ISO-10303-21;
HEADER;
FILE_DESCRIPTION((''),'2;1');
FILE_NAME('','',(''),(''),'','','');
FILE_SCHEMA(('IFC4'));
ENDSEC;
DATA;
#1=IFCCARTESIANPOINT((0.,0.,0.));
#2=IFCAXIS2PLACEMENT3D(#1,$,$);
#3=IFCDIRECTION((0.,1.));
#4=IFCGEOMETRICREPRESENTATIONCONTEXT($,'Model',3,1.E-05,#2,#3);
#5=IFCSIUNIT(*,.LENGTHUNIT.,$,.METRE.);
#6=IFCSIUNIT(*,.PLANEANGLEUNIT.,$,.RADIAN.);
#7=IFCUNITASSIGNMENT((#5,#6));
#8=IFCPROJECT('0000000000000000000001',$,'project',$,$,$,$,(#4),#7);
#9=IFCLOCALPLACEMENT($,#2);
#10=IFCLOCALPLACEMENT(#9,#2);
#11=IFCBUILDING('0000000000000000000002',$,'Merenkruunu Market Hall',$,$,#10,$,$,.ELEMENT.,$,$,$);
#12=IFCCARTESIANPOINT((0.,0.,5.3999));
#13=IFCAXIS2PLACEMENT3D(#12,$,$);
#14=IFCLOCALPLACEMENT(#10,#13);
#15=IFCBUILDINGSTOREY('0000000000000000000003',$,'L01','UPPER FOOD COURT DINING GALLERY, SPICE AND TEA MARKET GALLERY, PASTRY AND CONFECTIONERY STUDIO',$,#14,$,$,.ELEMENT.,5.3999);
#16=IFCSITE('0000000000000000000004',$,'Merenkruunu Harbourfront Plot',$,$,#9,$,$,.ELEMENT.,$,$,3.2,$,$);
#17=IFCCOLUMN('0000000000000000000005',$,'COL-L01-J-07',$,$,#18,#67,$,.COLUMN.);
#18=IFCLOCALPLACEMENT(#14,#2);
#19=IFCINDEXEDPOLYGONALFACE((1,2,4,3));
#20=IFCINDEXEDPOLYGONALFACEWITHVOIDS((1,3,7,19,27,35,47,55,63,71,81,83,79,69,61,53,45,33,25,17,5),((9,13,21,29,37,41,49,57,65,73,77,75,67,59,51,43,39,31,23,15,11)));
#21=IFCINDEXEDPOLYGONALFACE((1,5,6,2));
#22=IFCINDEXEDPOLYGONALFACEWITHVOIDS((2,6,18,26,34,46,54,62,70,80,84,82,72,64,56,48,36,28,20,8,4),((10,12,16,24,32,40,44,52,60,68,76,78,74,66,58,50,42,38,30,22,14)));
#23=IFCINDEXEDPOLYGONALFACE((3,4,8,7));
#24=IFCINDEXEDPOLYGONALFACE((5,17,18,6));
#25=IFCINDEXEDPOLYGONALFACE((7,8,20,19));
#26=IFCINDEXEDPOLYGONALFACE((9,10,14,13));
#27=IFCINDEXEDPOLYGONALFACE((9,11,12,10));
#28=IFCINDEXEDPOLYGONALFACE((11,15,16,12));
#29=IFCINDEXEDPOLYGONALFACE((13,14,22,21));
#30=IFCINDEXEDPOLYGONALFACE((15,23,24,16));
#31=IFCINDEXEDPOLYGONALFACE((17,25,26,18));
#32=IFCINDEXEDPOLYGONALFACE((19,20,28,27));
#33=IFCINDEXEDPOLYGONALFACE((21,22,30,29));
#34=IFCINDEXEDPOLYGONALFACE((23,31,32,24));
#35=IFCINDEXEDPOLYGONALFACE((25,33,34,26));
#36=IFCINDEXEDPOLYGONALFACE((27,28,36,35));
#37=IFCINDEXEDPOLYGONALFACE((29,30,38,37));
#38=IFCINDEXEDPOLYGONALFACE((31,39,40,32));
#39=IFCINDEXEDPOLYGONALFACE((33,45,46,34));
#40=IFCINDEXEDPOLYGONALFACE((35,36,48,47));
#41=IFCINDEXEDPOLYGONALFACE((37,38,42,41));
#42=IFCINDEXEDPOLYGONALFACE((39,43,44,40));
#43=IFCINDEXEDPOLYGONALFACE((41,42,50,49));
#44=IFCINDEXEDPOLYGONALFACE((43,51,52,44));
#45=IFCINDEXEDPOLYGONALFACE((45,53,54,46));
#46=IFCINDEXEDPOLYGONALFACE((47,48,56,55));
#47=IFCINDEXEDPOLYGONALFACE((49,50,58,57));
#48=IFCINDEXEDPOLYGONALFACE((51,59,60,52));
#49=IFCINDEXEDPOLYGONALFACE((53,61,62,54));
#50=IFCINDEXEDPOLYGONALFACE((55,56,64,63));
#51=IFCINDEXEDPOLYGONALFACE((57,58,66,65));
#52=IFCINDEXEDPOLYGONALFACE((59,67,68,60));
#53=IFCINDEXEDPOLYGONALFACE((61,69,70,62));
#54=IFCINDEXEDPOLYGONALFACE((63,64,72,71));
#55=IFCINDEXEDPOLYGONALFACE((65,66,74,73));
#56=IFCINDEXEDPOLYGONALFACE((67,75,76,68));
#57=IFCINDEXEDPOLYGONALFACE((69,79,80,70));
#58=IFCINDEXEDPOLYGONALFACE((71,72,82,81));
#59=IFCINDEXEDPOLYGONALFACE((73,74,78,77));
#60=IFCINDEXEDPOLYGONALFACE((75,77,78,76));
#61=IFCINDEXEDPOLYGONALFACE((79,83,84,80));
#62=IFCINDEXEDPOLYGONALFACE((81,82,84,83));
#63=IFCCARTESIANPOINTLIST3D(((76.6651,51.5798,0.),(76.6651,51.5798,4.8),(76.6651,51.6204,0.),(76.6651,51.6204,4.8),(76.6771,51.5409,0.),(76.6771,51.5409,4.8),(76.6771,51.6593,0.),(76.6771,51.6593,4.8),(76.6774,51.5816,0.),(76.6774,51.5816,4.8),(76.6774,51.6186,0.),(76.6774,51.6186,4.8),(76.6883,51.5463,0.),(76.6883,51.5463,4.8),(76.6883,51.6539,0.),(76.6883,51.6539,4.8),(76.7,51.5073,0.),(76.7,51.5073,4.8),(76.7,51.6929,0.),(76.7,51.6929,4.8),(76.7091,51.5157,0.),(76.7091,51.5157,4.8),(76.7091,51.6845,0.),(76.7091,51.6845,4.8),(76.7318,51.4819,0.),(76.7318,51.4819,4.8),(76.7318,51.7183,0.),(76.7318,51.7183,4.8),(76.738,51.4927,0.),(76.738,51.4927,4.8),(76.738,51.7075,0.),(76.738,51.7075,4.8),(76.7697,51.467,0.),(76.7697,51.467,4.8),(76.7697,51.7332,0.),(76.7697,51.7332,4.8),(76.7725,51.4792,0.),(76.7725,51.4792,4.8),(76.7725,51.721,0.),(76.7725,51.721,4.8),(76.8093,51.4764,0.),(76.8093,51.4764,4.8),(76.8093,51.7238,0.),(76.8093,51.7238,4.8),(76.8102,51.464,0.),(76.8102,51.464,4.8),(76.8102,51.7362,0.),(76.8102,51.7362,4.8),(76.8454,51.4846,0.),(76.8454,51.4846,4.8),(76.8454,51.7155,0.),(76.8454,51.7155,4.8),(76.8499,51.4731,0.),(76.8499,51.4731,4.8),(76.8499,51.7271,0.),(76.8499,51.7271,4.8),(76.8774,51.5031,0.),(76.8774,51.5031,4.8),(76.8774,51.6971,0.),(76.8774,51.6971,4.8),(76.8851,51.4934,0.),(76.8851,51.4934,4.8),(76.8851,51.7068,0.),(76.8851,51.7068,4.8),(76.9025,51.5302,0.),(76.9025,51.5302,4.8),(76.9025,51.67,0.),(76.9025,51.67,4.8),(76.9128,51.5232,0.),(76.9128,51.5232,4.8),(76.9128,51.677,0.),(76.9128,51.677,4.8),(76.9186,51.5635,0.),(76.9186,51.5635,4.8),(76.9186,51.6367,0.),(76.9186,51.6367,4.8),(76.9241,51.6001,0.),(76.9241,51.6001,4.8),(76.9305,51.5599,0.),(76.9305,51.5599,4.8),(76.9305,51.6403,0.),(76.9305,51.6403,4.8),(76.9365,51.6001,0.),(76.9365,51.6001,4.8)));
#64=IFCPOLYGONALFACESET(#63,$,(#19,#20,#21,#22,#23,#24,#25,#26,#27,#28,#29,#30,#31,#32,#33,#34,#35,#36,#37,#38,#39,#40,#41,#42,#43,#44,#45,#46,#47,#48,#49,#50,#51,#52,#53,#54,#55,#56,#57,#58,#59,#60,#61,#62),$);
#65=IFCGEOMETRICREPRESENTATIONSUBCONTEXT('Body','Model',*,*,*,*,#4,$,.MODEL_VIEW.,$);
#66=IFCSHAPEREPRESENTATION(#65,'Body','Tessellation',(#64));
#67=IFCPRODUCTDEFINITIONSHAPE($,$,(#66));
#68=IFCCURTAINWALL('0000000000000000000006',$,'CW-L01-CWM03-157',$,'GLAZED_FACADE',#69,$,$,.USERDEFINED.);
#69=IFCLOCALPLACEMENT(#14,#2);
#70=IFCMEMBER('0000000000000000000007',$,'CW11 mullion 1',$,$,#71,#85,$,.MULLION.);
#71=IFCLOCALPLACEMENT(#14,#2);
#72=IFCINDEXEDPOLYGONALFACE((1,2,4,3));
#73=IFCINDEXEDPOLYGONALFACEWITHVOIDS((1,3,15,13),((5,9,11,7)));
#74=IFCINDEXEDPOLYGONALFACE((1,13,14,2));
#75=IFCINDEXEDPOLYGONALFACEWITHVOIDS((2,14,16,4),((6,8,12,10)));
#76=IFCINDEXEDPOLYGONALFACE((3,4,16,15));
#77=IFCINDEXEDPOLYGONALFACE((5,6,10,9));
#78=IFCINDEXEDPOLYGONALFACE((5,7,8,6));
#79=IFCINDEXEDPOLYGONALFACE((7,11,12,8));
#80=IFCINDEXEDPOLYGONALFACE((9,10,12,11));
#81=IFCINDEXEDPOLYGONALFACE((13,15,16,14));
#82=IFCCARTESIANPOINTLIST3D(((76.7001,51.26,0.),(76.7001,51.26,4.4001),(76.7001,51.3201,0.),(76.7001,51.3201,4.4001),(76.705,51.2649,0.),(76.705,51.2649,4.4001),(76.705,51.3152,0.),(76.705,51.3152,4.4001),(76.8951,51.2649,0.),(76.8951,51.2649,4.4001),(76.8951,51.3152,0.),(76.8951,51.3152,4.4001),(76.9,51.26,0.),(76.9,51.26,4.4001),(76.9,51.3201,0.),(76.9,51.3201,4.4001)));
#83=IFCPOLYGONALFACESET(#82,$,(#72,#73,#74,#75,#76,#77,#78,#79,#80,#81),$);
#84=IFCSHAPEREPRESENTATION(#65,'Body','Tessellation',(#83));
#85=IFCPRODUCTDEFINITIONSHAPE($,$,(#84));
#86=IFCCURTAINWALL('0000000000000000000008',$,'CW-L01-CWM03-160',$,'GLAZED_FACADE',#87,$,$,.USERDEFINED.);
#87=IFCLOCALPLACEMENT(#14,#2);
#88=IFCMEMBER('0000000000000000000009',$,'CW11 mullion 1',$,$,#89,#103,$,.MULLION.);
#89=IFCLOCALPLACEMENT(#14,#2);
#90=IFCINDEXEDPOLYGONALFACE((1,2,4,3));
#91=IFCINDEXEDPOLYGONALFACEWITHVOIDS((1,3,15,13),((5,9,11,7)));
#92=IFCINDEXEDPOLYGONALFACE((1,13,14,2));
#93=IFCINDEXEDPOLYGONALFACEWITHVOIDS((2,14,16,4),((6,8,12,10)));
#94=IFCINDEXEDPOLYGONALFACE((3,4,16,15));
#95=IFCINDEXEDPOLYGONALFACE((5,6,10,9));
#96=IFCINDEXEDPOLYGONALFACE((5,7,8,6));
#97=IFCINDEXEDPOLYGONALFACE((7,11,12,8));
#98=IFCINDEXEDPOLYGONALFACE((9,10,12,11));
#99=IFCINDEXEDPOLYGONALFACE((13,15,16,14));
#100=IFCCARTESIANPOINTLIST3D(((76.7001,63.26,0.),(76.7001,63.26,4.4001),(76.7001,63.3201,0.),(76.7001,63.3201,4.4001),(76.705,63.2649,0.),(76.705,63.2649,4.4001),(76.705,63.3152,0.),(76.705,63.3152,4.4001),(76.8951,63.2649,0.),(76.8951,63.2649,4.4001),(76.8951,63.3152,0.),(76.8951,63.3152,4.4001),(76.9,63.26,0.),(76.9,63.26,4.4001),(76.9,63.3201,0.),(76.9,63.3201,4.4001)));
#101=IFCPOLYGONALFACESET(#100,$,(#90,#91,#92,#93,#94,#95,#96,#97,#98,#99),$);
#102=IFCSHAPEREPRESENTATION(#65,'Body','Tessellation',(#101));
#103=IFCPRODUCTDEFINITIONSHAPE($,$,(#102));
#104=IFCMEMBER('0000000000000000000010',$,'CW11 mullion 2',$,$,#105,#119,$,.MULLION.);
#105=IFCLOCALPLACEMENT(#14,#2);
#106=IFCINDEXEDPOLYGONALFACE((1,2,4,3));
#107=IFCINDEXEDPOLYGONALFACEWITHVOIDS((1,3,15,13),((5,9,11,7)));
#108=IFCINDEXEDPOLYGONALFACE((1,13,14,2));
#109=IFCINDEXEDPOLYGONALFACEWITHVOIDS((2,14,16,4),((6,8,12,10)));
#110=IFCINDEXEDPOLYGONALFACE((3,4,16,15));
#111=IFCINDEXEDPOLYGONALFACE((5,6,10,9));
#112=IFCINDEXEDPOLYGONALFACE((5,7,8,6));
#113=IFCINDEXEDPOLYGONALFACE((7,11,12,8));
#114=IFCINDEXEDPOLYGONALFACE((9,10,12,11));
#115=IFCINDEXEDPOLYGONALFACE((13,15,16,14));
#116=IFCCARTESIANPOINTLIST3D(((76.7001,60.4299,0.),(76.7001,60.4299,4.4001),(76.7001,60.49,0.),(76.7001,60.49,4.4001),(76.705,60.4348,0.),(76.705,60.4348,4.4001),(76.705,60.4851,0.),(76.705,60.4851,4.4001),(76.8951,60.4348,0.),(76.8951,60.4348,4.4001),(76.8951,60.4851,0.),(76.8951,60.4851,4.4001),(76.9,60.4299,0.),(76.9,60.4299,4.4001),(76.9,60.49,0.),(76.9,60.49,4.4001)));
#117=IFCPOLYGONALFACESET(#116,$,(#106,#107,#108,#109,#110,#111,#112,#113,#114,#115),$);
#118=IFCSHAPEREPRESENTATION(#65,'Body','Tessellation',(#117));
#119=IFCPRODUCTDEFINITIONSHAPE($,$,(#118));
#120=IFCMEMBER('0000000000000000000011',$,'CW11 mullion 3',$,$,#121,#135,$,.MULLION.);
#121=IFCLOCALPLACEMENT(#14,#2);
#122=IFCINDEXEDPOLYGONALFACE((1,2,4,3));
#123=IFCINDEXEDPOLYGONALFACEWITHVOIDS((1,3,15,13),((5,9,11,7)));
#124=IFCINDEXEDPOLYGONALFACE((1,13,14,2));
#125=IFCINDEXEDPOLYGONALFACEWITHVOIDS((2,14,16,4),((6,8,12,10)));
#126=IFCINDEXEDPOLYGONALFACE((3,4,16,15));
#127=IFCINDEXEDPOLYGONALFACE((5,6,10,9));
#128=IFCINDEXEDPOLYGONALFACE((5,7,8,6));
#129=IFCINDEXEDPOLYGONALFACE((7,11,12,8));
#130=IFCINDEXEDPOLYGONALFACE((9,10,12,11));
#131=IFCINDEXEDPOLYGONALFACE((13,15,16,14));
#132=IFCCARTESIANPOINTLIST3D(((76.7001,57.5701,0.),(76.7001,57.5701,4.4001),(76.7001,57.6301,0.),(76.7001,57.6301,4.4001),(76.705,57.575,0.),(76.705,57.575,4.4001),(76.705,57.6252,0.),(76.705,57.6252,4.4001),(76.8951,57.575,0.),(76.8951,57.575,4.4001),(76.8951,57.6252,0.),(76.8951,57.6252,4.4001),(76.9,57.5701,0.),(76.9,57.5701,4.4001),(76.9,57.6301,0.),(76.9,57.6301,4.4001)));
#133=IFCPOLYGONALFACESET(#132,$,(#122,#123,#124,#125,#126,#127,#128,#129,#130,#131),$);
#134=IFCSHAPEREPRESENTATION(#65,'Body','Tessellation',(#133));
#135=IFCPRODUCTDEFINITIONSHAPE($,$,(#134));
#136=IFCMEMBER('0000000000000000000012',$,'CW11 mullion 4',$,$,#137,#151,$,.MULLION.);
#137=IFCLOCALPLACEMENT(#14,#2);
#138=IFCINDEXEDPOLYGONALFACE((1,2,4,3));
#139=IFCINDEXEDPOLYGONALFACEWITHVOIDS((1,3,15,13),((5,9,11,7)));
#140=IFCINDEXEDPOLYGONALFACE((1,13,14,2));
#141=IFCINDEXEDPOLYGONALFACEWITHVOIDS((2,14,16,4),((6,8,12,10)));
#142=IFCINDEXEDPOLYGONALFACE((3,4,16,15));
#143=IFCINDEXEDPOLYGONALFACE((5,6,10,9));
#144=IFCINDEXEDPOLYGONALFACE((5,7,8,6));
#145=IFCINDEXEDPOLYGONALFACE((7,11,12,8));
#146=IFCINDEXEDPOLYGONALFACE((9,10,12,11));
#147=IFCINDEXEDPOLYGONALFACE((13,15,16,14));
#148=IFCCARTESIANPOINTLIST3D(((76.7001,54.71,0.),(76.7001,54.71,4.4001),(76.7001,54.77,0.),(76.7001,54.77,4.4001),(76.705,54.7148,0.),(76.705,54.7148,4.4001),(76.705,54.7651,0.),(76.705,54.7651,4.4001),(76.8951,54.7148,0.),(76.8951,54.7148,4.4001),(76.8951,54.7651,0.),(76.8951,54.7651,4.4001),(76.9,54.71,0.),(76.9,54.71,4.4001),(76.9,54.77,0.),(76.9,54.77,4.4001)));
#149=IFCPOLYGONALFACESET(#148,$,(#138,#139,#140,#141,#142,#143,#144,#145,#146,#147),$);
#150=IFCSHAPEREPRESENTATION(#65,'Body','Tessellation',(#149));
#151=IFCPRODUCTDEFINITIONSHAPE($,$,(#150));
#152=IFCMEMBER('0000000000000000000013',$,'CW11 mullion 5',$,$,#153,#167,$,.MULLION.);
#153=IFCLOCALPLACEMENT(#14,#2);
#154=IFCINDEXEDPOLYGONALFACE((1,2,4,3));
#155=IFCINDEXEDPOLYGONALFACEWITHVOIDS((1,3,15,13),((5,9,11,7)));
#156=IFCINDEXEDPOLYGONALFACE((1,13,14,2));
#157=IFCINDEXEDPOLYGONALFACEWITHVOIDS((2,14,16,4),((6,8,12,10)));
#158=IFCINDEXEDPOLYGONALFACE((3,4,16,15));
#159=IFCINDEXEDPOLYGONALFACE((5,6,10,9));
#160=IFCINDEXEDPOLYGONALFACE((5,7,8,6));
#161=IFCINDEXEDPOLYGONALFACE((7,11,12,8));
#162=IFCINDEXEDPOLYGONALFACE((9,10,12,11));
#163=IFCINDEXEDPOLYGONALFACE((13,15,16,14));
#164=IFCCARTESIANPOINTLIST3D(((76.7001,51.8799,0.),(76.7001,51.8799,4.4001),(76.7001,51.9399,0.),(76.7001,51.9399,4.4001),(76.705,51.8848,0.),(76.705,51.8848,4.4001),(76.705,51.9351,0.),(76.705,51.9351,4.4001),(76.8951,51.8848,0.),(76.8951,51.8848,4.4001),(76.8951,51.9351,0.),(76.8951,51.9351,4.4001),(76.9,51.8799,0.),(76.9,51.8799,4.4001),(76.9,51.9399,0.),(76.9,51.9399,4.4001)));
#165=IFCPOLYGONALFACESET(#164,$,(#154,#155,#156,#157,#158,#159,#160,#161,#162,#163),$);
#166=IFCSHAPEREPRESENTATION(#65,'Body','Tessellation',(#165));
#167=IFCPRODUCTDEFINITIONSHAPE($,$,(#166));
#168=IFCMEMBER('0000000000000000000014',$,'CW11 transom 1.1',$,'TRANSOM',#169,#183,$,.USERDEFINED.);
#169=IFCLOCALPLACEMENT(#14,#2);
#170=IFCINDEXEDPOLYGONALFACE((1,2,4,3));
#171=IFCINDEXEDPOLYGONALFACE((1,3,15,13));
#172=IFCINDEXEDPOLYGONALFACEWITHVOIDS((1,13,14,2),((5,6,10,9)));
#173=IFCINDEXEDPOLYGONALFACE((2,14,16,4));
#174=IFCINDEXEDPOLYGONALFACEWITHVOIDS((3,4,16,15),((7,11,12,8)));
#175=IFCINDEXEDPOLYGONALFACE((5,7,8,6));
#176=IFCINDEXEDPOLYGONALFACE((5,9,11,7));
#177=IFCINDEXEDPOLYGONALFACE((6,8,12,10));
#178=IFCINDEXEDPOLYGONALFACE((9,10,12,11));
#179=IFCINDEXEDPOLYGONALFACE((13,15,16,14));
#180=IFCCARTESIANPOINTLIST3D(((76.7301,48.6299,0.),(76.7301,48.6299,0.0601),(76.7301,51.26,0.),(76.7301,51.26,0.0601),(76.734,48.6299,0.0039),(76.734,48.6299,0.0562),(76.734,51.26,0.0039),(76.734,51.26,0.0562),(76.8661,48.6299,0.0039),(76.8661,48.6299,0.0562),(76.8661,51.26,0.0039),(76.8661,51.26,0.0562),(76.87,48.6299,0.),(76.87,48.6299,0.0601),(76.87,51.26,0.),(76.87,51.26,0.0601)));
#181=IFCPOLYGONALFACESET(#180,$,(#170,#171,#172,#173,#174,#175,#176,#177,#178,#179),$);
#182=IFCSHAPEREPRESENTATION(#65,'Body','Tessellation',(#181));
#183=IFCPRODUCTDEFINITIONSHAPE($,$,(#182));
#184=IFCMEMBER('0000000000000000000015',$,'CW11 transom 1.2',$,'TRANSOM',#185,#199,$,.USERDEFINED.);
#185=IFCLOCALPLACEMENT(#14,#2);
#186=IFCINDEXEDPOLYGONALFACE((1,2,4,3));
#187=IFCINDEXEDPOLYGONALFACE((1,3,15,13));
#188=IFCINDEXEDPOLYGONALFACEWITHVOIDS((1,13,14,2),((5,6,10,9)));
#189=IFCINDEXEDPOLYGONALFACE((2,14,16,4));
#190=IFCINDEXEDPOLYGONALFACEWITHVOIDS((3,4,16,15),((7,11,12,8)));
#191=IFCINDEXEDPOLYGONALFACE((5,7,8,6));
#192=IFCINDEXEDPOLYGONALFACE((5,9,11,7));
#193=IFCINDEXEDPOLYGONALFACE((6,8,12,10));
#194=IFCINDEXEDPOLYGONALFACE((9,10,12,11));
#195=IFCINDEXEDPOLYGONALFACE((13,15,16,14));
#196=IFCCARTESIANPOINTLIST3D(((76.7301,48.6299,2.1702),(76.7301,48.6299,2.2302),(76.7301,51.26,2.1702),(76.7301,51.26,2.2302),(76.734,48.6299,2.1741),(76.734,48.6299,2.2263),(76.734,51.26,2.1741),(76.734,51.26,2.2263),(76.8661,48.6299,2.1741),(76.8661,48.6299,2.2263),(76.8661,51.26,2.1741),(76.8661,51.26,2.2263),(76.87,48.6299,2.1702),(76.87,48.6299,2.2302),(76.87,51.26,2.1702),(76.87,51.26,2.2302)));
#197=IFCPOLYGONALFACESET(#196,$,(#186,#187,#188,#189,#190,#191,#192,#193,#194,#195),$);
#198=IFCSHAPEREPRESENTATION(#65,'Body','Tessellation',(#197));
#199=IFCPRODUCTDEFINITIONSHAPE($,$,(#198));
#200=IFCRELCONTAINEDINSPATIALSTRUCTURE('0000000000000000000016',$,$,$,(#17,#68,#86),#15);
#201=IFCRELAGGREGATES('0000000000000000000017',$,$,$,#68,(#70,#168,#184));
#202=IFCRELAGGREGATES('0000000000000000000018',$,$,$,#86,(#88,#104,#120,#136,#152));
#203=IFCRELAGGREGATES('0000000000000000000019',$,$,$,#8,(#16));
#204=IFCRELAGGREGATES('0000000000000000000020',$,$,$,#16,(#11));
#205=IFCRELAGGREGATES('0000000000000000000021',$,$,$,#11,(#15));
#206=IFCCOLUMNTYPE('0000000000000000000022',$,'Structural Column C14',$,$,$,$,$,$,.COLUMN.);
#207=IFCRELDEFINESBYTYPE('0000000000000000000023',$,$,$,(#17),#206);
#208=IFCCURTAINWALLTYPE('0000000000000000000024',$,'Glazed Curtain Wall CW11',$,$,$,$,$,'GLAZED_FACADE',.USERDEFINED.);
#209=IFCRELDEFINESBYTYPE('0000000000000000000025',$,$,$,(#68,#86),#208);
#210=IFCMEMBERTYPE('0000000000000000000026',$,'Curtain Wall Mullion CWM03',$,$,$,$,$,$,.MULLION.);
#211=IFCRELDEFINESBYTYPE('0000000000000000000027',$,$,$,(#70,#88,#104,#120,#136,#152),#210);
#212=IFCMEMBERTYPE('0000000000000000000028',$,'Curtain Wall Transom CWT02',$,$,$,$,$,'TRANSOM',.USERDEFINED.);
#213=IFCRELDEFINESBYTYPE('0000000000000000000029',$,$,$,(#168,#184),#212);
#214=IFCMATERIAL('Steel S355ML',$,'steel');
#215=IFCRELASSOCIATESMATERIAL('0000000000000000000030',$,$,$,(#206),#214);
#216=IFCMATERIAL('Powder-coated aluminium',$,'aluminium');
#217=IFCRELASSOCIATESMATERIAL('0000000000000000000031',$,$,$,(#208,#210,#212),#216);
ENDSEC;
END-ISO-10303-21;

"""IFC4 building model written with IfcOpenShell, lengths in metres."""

from ifc_helpers import new_model, si_unit, direction, frame, origin, origin_2d, place, context, subcontext, project, spatial, hollow_rectangle, hollow_circle, extrude, material, material_profile, profile_set, type_object, element, aggregate, save


model = new_model("IFC4")

# Units and contexts
model_context = context("Model", 3, precision=1e-05, world=origin(), true_north=direction((0.0, 1.0)))
body_context = subcontext(model_context, "Body", "Model", "MODEL_VIEW")
ifc_project = project(units=[si_unit("LENGTHUNIT", "METRE"), si_unit("PLANEANGLEUNIT", "RADIAN")], contexts=[model_context])

# Site, building, storey
site_placement = place(None, origin())
site = spatial("IfcSite", under=ifc_project, at=site_placement, Name="Merenkruunu Harbourfront Plot", CompositionType="ELEMENT", RefElevation=3.2)
building_placement = place(site_placement, origin())
building = spatial("IfcBuilding", under=site, at=building_placement, Name="Merenkruunu Market Hall", CompositionType="ELEMENT")
storey_placement = place(building_placement, frame((0.0, 0.0, 5.3999)))
storey = spatial("IfcBuildingStorey", under=building, at=storey_placement, Name="L01", Description="UPPER FOOD COURT DINING GALLERY, SPICE AND TEA MARKET GALLERY, PASTRY AND CONFECTIONERY STUDIO", CompositionType="ELEMENT", Elevation=5.3999)

# Column
ifc_material_1 = material(Name="Steel S355ML", Category="steel")
ifc_material_profile_1 = material_profile(ifc_material_1, hollow_circle(Radius=0.1365, WallThickness=0.0125, at=origin_2d()), Name="CHS 273x12.5")
ifc_profile_set_1 = profile_set([ifc_material_profile_1], Name="Steel S355ML")
column_type = type_object("IfcColumnType", Name="Structural Column C14", PredefinedType="COLUMN", material=ifc_profile_set_1)
column_placement = place(storey_placement, frame((76.8, 51.6001, 0.0), z_axis=(0.0, 0.0, 1.0), x_axis=(1.0, 0.0, 0.0)))
element("IfcColumn", 1, at=column_placement, inside=storey, type_object=column_type, Name="COL-L01-J-07", PredefinedType="COLUMN", context=body_context, shape_type="SweptSolid", body=[
    extrude(hollow_circle(Radius=0.1365, WallThickness=0.0125, at=origin_2d()), origin(), (0.0, 0.0, 1.0), 4.8),
])

# Curtain wall, member
ifc_material_2 = material(Name="Powder-coated aluminium", Category="aluminium")
curtain_wall_type = type_object("IfcCurtainWallType", Name="Glazed Curtain Wall CW11", ElementType="GLAZED_FACADE", PredefinedType="USERDEFINED", material=ifc_material_2)
curtain_wall_1_placement = place(storey_placement, origin())
curtain_wall_1 = element("IfcCurtainWall", 2, at=curtain_wall_1_placement, inside=storey, type_object=curtain_wall_type, Name="CW-L01-CWM03-157", ObjectType="GLAZED_FACADE", PredefinedType="USERDEFINED")
ifc_material_profile_2 = material_profile(ifc_material_2, hollow_rectangle(XDim=0.0601, YDim=0.2, WallThickness=0.0049, at=origin_2d()), Name="ALU 60x200x5")
ifc_profile_set_2 = profile_set([ifc_material_profile_2], Name="Powder-coated aluminium")
member_type_1 = type_object("IfcMemberType", Name="Curtain Wall Mullion CWM03", PredefinedType="MULLION", material=ifc_profile_set_2)
member_1_placement = place(storey_placement, frame((76.8, 51.29, 0.0), z_axis=(0.0, 0.0, 1.0), x_axis=(0.0, -1.0, 0.0)))
member_1 = element("IfcMember", 3, at=member_1_placement, type_object=member_type_1, Name="CW11 mullion 1", PredefinedType="MULLION", context=body_context, shape_type="SweptSolid", body=[
    extrude(hollow_rectangle(XDim=0.0601, YDim=0.2, WallThickness=0.0049, at=origin_2d()), origin(), (0.0, 0.0, 1.0), 4.4001),
])

# Curtain wall, members
curtain_wall_2_placement = place(storey_placement, origin())
curtain_wall_2 = element("IfcCurtainWall", 4, at=curtain_wall_2_placement, inside=storey, type_object=curtain_wall_type, Name="CW-L01-CWM03-160", ObjectType="GLAZED_FACADE", PredefinedType="USERDEFINED")
member_2_placement = place(storey_placement, frame((76.8, 63.29, 0.0), z_axis=(0.0, 0.0, 1.0), x_axis=(0.0, -1.0, 0.0)))
member_2 = element("IfcMember", 5, at=member_2_placement, type_object=member_type_1, Name="CW11 mullion 1", PredefinedType="MULLION", context=body_context, shape_type="SweptSolid", body=[
    extrude(hollow_rectangle(XDim=0.0601, YDim=0.2, WallThickness=0.0049, at=origin_2d()), origin(), (0.0, 0.0, 1.0), 4.4001),
])
member_3_placement = place(storey_placement, frame((76.8, 60.46, 0.0), z_axis=(0.0, 0.0, 1.0), x_axis=(0.0, -1.0, 0.0)))
member_3 = element("IfcMember", 6, at=member_3_placement, type_object=member_type_1, Name="CW11 mullion 2", PredefinedType="MULLION", context=body_context, shape_type="SweptSolid", body=[
    extrude(hollow_rectangle(XDim=0.0601, YDim=0.2, WallThickness=0.0049, at=origin_2d()), origin(), (0.0, 0.0, 1.0), 4.4001),
])
member_4_placement = place(storey_placement, frame((76.8, 57.6001, 0.0), z_axis=(0.0, 0.0, 1.0), x_axis=(0.0, -1.0, 0.0)))
member_4 = element("IfcMember", 7, at=member_4_placement, type_object=member_type_1, Name="CW11 mullion 3", PredefinedType="MULLION", context=body_context, shape_type="SweptSolid", body=[
    extrude(hollow_rectangle(XDim=0.0601, YDim=0.2, WallThickness=0.0049, at=origin_2d()), origin(), (0.0, 0.0, 1.0), 4.4001),
])
member_5_placement = place(storey_placement, frame((76.8, 54.74, 0.0), z_axis=(0.0, 0.0, 1.0), x_axis=(0.0, -1.0, 0.0)))
member_5 = element("IfcMember", 8, at=member_5_placement, type_object=member_type_1, Name="CW11 mullion 4", PredefinedType="MULLION", context=body_context, shape_type="SweptSolid", body=[
    extrude(hollow_rectangle(XDim=0.0601, YDim=0.2, WallThickness=0.0049, at=origin_2d()), origin(), (0.0, 0.0, 1.0), 4.4001),
])
member_6_placement = place(storey_placement, frame((76.8, 51.9099, 0.0), z_axis=(0.0, 0.0, 1.0), x_axis=(0.0, -1.0, 0.0)))
member_6 = element("IfcMember", 9, at=member_6_placement, type_object=member_type_1, Name="CW11 mullion 5", PredefinedType="MULLION", context=body_context, shape_type="SweptSolid", body=[
    extrude(hollow_rectangle(XDim=0.0601, YDim=0.2, WallThickness=0.0049, at=origin_2d()), origin(), (0.0, 0.0, 1.0), 4.4001),
])

# Members
ifc_material_profile_3 = material_profile(ifc_material_2, hollow_rectangle(XDim=0.0601, YDim=0.1399, WallThickness=0.0039, at=origin_2d()), Name="ALU 60x140x4")
ifc_profile_set_3 = profile_set([ifc_material_profile_3], Name="Powder-coated aluminium")
member_type_2 = type_object("IfcMemberType", Name="Curtain Wall Transom CWT02", ElementType="TRANSOM", PredefinedType="USERDEFINED", material=ifc_profile_set_3)
member_7_placement = place(storey_placement, frame((76.8, 51.26, 0.03), z_axis=(0.0, -1.0, 0.0), x_axis=(0.0, 0.0, 1.0)))
member_7 = element("IfcMember", 10, at=member_7_placement, type_object=member_type_2, Name="CW11 transom 1.1", ObjectType="TRANSOM", PredefinedType="USERDEFINED", context=body_context, shape_type="SweptSolid", body=[
    extrude(hollow_rectangle(XDim=0.0601, YDim=0.1399, WallThickness=0.0039, at=origin_2d()), origin(), (0.0, 0.0, 1.0), 2.6301),
])
member_8_placement = place(storey_placement, frame((76.8, 51.26, 2.2002), z_axis=(0.0, -1.0, 0.0), x_axis=(0.0, 0.0, 1.0)))
member_8 = element("IfcMember", 11, at=member_8_placement, type_object=member_type_2, Name="CW11 transom 1.2", ObjectType="TRANSOM", PredefinedType="USERDEFINED", context=body_context, shape_type="SweptSolid", body=[
    extrude(hollow_rectangle(XDim=0.0601, YDim=0.1399, WallThickness=0.0039, at=origin_2d()), origin(), (0.0, 0.0, 1.0), 2.6301),
])

aggregate(curtain_wall_1, [member_1, member_7, member_8])
aggregate(curtain_wall_2, [member_2, member_3, member_4, member_5, member_6])

save(model, "model.ifc")
